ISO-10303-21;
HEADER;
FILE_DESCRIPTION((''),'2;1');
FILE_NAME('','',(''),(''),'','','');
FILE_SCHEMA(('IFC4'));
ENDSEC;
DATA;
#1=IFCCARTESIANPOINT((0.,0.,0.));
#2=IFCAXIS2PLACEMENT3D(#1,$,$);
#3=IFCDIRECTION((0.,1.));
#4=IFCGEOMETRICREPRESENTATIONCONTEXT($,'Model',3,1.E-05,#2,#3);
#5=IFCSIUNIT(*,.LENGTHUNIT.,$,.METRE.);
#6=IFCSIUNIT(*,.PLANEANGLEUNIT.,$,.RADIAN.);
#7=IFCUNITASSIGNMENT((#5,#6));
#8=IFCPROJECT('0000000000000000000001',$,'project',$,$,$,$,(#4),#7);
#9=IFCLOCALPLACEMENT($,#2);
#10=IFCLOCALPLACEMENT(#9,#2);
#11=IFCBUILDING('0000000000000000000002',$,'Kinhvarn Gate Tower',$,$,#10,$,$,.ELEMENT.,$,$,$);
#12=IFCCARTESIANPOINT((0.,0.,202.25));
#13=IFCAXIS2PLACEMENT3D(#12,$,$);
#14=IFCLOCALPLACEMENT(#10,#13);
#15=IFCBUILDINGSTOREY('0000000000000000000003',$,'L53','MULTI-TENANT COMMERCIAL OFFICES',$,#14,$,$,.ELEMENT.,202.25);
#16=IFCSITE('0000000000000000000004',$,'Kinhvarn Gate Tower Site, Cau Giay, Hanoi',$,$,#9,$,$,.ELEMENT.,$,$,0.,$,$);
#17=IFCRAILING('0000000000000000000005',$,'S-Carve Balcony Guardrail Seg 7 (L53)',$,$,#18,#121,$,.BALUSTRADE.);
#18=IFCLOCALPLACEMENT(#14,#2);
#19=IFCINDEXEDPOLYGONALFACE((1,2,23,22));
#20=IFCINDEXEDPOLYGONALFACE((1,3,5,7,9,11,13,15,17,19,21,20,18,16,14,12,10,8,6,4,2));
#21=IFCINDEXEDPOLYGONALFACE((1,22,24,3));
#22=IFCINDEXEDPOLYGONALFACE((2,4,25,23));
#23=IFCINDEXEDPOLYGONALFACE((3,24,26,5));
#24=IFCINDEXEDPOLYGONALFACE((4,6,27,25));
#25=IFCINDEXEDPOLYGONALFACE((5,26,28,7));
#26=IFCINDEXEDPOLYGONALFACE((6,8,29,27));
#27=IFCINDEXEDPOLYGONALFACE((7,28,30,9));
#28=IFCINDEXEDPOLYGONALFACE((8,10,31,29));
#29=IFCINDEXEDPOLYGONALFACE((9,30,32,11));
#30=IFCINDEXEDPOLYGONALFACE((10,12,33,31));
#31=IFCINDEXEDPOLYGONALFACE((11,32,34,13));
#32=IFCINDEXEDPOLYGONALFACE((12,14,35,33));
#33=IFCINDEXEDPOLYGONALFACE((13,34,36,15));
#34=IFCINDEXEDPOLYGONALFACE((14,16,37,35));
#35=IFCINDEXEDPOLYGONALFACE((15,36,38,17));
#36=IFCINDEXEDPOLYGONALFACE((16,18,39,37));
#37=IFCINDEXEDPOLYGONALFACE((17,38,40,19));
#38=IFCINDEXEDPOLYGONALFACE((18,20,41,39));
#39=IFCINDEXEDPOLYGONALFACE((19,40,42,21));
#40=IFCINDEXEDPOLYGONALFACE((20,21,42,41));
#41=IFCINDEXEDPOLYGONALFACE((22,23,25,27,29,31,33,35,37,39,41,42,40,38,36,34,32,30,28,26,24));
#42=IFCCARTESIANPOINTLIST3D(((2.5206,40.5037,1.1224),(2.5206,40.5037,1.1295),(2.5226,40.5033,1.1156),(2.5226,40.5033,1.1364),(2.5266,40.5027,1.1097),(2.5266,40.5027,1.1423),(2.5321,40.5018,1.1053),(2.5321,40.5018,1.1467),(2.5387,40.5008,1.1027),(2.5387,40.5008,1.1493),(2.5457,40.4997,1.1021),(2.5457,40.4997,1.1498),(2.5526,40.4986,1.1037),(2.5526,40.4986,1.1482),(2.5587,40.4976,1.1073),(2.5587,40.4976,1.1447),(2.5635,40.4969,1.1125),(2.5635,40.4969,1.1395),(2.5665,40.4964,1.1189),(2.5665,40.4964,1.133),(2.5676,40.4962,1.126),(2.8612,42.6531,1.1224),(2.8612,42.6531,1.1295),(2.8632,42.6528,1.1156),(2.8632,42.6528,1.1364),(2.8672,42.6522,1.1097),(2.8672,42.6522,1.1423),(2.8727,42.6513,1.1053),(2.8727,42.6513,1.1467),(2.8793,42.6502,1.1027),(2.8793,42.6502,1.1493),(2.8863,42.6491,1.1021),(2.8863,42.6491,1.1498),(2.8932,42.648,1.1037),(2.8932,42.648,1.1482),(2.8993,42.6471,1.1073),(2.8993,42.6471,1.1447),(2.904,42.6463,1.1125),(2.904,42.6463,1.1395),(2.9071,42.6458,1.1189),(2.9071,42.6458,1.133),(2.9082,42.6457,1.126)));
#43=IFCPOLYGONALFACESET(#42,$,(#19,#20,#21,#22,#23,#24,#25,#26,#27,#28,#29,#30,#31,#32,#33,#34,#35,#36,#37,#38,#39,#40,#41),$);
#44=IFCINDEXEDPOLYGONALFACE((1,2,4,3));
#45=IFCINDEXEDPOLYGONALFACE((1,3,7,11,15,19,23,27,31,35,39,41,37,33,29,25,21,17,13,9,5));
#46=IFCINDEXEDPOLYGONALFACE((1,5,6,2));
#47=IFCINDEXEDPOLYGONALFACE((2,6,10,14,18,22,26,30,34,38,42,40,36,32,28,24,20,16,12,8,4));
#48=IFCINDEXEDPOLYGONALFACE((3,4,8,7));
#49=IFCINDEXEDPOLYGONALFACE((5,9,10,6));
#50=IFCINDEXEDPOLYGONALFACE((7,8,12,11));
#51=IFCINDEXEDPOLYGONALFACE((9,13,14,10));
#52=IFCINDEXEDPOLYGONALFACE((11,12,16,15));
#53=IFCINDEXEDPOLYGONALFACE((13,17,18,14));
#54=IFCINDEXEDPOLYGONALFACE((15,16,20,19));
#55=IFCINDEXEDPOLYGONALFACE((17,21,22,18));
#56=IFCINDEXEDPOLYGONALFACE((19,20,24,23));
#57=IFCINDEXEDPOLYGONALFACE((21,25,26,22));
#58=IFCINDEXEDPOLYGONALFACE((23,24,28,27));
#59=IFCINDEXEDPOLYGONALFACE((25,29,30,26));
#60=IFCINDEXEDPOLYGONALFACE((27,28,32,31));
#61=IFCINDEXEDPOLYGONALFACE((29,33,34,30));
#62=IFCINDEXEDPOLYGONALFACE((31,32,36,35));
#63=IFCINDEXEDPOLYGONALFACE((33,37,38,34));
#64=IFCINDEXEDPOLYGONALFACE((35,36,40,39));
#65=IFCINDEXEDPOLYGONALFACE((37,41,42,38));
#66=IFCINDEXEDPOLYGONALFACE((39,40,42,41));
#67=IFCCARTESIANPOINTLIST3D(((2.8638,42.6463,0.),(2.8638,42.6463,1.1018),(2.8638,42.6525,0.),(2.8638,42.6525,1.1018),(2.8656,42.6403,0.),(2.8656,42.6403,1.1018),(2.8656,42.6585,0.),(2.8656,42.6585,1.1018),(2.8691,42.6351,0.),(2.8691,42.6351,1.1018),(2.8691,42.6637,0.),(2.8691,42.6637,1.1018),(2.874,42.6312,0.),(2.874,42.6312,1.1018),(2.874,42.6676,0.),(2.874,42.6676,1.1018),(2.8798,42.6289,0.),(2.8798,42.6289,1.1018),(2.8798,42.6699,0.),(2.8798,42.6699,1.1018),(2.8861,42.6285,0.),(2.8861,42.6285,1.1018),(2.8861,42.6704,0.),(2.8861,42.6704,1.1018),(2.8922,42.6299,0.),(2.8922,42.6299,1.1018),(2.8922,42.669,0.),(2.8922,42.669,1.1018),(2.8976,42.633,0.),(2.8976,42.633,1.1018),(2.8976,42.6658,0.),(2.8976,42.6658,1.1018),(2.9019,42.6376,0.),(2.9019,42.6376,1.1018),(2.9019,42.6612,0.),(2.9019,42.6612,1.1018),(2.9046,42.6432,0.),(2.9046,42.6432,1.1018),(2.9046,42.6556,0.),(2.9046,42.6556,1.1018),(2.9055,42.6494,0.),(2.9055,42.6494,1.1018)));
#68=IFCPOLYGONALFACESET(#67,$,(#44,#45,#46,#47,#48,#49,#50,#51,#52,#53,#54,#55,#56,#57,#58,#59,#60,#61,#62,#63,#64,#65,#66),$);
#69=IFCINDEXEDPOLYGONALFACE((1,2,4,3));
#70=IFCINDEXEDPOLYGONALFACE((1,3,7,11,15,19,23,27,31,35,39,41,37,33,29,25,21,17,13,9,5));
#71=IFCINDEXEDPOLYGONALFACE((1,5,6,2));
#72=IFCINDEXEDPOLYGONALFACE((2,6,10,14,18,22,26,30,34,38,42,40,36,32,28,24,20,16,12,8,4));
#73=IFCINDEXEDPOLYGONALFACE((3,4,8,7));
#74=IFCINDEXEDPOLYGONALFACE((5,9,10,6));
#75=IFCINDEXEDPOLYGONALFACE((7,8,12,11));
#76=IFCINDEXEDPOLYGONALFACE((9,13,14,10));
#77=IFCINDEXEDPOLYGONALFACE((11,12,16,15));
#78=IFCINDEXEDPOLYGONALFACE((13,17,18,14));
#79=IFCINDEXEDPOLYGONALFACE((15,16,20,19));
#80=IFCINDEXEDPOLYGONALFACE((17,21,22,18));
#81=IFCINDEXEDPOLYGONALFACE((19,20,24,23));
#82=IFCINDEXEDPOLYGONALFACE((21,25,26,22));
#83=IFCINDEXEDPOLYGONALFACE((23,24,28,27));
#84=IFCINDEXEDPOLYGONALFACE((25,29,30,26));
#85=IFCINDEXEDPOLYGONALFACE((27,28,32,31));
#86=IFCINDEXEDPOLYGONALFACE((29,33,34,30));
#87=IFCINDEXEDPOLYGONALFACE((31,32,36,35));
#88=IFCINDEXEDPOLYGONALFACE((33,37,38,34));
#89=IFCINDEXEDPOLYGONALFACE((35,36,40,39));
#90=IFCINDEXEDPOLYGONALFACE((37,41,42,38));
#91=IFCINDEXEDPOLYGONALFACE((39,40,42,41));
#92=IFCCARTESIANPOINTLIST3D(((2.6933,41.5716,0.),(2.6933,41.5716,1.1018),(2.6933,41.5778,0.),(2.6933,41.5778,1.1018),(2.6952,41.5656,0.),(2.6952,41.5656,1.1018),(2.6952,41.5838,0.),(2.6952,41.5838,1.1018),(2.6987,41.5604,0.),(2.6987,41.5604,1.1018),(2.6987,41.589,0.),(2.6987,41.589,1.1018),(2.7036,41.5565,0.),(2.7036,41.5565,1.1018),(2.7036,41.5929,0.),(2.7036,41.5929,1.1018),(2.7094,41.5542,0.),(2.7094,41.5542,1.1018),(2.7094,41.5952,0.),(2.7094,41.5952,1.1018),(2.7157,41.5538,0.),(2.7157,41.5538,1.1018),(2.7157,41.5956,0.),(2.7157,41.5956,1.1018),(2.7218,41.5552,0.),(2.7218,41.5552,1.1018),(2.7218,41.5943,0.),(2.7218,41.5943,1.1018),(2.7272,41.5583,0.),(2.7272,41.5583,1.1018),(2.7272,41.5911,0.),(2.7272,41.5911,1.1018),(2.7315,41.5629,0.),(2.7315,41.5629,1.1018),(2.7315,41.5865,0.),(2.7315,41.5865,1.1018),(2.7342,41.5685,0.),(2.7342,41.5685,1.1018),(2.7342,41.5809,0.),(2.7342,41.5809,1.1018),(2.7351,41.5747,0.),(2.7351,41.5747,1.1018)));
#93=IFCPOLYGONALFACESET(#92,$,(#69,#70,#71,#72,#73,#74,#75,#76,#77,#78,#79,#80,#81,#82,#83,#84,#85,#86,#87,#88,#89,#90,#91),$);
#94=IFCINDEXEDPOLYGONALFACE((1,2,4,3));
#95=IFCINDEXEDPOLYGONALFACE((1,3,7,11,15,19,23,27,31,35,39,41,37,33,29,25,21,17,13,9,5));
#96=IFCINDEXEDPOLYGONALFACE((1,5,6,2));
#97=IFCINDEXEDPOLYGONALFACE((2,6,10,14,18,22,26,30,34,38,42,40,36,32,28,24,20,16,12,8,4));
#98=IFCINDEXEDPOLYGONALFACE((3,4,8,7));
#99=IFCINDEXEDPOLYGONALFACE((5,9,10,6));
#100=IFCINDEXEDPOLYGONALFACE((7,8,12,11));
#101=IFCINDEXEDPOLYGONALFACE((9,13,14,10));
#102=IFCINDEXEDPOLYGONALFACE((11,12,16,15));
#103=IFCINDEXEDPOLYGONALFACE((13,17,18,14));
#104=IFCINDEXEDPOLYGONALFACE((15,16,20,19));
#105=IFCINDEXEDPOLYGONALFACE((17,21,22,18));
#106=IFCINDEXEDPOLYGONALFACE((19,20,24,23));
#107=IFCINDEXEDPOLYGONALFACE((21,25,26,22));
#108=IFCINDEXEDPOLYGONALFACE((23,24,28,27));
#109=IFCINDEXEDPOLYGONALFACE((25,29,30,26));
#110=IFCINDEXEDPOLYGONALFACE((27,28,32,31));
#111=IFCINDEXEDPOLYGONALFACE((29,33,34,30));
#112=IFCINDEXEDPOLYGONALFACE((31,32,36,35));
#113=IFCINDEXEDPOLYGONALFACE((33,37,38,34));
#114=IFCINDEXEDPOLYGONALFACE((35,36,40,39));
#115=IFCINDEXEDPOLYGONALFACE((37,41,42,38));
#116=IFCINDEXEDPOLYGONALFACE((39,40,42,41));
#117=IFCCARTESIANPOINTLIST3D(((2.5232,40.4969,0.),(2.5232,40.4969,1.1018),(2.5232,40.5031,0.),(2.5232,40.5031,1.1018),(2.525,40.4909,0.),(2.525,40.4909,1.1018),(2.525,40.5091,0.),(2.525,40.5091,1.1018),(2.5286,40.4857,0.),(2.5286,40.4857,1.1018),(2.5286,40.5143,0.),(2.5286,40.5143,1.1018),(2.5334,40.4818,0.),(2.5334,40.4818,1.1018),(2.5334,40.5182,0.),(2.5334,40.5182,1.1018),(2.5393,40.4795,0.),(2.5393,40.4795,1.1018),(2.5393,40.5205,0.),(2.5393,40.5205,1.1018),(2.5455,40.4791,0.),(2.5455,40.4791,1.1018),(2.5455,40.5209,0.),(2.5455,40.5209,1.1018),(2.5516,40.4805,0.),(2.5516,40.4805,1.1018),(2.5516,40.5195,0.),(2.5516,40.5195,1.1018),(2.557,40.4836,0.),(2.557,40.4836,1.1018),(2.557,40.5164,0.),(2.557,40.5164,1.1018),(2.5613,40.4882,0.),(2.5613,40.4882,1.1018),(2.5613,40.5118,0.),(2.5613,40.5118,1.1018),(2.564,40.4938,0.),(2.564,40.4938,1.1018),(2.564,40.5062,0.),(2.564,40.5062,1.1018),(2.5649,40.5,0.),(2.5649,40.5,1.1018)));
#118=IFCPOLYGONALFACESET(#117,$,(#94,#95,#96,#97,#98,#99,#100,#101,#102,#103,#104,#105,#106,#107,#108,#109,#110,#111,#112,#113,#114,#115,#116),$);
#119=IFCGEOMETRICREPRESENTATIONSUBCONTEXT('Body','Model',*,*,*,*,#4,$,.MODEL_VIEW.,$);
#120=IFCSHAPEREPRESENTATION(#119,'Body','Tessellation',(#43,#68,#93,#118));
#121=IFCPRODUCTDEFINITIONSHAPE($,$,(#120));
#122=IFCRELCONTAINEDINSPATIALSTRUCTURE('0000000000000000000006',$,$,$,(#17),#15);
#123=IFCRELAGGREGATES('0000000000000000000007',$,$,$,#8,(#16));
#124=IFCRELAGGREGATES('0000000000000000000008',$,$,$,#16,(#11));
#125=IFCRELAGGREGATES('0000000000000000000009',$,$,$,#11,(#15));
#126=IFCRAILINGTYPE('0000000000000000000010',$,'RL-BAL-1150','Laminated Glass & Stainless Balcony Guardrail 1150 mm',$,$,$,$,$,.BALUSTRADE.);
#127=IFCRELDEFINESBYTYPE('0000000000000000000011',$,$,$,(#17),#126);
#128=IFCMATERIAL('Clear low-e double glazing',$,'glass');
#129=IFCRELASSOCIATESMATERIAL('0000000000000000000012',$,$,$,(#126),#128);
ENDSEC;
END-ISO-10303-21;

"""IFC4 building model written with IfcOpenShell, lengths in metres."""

from ifc_helpers import new_model, si_unit, direction, frame, origin, origin_2d, place, context, subcontext, project, spatial, circle, extrude, material, type_object, element, save


model = new_model("IFC4")

# Units and contexts
model_context = context("Model", 3, precision=1e-05, world=origin(), true_north=direction((0.0, 1.0)))
body_context = subcontext(model_context, "Body", "Model", "MODEL_VIEW")
ifc_project = project(units=[si_unit("LENGTHUNIT", "METRE"), si_unit("PLANEANGLEUNIT", "RADIAN")], contexts=[model_context])

# Site, building, storey
site_placement = place(None, origin())
site = spatial("IfcSite", under=ifc_project, at=site_placement, Name="Kinhvarn Gate Tower Site, Cau Giay, Hanoi", CompositionType="ELEMENT", RefElevation=0.0)
building_placement = place(site_placement, origin())
building = spatial("IfcBuilding", under=site, at=building_placement, Name="Kinhvarn Gate Tower", CompositionType="ELEMENT")
storey_placement = place(building_placement, frame((0.0, 0.0, 202.25)))
storey = spatial("IfcBuildingStorey", under=building, at=storey_placement, Name="L53", Description="MULTI-TENANT COMMERCIAL OFFICES", CompositionType="ELEMENT", Elevation=202.25)

# Shared definitions
ifc_material_1 = material(Name="Clear low-e double glazing", Category="glass")

# Railing
railing_type = type_object("IfcRailingType", Name="RL-BAL-1150", Description="Laminated Glass & Stainless Balcony Guardrail 1150 mm", PredefinedType="BALUSTRADE", material=ifc_material_1)
railing_1_placement = place(storey_placement, frame((2.8845, 42.6494, 0.0)))
element("IfcRailing", 1, at=railing_1_placement, inside=storey, type_object=railing_type, Name="S-Carve Balcony Guardrail Seg 7 (L53)", PredefinedType="BALUSTRADE", context=body_context, shape_type="SweptSolid", body=[
    extrude(circle(Radius=0.0239, at=origin_2d()), frame((0.0, 0.0, 1.126), z_axis=(-0.156498, -0.987678, 0.0), x_axis=(0.987678, -0.156498, 0.0)), (0.0, 0.0, 1.0), 2.1763),
    extrude(circle(Radius=0.021, at=origin_2d()), origin(), (0.0, 0.0, 1.0), 1.1018),
    extrude(circle(Radius=0.021, at=origin_2d()), frame((-0.1704, -1.0747, 0.0)), (0.0, 0.0, 1.0), 1.1018),
    extrude(circle(Radius=0.021, at=origin_2d()), frame((-0.3406, -2.1494, 0.0)), (0.0, 0.0, 1.0), 1.1018),
])

save(model, "model.ifc")
